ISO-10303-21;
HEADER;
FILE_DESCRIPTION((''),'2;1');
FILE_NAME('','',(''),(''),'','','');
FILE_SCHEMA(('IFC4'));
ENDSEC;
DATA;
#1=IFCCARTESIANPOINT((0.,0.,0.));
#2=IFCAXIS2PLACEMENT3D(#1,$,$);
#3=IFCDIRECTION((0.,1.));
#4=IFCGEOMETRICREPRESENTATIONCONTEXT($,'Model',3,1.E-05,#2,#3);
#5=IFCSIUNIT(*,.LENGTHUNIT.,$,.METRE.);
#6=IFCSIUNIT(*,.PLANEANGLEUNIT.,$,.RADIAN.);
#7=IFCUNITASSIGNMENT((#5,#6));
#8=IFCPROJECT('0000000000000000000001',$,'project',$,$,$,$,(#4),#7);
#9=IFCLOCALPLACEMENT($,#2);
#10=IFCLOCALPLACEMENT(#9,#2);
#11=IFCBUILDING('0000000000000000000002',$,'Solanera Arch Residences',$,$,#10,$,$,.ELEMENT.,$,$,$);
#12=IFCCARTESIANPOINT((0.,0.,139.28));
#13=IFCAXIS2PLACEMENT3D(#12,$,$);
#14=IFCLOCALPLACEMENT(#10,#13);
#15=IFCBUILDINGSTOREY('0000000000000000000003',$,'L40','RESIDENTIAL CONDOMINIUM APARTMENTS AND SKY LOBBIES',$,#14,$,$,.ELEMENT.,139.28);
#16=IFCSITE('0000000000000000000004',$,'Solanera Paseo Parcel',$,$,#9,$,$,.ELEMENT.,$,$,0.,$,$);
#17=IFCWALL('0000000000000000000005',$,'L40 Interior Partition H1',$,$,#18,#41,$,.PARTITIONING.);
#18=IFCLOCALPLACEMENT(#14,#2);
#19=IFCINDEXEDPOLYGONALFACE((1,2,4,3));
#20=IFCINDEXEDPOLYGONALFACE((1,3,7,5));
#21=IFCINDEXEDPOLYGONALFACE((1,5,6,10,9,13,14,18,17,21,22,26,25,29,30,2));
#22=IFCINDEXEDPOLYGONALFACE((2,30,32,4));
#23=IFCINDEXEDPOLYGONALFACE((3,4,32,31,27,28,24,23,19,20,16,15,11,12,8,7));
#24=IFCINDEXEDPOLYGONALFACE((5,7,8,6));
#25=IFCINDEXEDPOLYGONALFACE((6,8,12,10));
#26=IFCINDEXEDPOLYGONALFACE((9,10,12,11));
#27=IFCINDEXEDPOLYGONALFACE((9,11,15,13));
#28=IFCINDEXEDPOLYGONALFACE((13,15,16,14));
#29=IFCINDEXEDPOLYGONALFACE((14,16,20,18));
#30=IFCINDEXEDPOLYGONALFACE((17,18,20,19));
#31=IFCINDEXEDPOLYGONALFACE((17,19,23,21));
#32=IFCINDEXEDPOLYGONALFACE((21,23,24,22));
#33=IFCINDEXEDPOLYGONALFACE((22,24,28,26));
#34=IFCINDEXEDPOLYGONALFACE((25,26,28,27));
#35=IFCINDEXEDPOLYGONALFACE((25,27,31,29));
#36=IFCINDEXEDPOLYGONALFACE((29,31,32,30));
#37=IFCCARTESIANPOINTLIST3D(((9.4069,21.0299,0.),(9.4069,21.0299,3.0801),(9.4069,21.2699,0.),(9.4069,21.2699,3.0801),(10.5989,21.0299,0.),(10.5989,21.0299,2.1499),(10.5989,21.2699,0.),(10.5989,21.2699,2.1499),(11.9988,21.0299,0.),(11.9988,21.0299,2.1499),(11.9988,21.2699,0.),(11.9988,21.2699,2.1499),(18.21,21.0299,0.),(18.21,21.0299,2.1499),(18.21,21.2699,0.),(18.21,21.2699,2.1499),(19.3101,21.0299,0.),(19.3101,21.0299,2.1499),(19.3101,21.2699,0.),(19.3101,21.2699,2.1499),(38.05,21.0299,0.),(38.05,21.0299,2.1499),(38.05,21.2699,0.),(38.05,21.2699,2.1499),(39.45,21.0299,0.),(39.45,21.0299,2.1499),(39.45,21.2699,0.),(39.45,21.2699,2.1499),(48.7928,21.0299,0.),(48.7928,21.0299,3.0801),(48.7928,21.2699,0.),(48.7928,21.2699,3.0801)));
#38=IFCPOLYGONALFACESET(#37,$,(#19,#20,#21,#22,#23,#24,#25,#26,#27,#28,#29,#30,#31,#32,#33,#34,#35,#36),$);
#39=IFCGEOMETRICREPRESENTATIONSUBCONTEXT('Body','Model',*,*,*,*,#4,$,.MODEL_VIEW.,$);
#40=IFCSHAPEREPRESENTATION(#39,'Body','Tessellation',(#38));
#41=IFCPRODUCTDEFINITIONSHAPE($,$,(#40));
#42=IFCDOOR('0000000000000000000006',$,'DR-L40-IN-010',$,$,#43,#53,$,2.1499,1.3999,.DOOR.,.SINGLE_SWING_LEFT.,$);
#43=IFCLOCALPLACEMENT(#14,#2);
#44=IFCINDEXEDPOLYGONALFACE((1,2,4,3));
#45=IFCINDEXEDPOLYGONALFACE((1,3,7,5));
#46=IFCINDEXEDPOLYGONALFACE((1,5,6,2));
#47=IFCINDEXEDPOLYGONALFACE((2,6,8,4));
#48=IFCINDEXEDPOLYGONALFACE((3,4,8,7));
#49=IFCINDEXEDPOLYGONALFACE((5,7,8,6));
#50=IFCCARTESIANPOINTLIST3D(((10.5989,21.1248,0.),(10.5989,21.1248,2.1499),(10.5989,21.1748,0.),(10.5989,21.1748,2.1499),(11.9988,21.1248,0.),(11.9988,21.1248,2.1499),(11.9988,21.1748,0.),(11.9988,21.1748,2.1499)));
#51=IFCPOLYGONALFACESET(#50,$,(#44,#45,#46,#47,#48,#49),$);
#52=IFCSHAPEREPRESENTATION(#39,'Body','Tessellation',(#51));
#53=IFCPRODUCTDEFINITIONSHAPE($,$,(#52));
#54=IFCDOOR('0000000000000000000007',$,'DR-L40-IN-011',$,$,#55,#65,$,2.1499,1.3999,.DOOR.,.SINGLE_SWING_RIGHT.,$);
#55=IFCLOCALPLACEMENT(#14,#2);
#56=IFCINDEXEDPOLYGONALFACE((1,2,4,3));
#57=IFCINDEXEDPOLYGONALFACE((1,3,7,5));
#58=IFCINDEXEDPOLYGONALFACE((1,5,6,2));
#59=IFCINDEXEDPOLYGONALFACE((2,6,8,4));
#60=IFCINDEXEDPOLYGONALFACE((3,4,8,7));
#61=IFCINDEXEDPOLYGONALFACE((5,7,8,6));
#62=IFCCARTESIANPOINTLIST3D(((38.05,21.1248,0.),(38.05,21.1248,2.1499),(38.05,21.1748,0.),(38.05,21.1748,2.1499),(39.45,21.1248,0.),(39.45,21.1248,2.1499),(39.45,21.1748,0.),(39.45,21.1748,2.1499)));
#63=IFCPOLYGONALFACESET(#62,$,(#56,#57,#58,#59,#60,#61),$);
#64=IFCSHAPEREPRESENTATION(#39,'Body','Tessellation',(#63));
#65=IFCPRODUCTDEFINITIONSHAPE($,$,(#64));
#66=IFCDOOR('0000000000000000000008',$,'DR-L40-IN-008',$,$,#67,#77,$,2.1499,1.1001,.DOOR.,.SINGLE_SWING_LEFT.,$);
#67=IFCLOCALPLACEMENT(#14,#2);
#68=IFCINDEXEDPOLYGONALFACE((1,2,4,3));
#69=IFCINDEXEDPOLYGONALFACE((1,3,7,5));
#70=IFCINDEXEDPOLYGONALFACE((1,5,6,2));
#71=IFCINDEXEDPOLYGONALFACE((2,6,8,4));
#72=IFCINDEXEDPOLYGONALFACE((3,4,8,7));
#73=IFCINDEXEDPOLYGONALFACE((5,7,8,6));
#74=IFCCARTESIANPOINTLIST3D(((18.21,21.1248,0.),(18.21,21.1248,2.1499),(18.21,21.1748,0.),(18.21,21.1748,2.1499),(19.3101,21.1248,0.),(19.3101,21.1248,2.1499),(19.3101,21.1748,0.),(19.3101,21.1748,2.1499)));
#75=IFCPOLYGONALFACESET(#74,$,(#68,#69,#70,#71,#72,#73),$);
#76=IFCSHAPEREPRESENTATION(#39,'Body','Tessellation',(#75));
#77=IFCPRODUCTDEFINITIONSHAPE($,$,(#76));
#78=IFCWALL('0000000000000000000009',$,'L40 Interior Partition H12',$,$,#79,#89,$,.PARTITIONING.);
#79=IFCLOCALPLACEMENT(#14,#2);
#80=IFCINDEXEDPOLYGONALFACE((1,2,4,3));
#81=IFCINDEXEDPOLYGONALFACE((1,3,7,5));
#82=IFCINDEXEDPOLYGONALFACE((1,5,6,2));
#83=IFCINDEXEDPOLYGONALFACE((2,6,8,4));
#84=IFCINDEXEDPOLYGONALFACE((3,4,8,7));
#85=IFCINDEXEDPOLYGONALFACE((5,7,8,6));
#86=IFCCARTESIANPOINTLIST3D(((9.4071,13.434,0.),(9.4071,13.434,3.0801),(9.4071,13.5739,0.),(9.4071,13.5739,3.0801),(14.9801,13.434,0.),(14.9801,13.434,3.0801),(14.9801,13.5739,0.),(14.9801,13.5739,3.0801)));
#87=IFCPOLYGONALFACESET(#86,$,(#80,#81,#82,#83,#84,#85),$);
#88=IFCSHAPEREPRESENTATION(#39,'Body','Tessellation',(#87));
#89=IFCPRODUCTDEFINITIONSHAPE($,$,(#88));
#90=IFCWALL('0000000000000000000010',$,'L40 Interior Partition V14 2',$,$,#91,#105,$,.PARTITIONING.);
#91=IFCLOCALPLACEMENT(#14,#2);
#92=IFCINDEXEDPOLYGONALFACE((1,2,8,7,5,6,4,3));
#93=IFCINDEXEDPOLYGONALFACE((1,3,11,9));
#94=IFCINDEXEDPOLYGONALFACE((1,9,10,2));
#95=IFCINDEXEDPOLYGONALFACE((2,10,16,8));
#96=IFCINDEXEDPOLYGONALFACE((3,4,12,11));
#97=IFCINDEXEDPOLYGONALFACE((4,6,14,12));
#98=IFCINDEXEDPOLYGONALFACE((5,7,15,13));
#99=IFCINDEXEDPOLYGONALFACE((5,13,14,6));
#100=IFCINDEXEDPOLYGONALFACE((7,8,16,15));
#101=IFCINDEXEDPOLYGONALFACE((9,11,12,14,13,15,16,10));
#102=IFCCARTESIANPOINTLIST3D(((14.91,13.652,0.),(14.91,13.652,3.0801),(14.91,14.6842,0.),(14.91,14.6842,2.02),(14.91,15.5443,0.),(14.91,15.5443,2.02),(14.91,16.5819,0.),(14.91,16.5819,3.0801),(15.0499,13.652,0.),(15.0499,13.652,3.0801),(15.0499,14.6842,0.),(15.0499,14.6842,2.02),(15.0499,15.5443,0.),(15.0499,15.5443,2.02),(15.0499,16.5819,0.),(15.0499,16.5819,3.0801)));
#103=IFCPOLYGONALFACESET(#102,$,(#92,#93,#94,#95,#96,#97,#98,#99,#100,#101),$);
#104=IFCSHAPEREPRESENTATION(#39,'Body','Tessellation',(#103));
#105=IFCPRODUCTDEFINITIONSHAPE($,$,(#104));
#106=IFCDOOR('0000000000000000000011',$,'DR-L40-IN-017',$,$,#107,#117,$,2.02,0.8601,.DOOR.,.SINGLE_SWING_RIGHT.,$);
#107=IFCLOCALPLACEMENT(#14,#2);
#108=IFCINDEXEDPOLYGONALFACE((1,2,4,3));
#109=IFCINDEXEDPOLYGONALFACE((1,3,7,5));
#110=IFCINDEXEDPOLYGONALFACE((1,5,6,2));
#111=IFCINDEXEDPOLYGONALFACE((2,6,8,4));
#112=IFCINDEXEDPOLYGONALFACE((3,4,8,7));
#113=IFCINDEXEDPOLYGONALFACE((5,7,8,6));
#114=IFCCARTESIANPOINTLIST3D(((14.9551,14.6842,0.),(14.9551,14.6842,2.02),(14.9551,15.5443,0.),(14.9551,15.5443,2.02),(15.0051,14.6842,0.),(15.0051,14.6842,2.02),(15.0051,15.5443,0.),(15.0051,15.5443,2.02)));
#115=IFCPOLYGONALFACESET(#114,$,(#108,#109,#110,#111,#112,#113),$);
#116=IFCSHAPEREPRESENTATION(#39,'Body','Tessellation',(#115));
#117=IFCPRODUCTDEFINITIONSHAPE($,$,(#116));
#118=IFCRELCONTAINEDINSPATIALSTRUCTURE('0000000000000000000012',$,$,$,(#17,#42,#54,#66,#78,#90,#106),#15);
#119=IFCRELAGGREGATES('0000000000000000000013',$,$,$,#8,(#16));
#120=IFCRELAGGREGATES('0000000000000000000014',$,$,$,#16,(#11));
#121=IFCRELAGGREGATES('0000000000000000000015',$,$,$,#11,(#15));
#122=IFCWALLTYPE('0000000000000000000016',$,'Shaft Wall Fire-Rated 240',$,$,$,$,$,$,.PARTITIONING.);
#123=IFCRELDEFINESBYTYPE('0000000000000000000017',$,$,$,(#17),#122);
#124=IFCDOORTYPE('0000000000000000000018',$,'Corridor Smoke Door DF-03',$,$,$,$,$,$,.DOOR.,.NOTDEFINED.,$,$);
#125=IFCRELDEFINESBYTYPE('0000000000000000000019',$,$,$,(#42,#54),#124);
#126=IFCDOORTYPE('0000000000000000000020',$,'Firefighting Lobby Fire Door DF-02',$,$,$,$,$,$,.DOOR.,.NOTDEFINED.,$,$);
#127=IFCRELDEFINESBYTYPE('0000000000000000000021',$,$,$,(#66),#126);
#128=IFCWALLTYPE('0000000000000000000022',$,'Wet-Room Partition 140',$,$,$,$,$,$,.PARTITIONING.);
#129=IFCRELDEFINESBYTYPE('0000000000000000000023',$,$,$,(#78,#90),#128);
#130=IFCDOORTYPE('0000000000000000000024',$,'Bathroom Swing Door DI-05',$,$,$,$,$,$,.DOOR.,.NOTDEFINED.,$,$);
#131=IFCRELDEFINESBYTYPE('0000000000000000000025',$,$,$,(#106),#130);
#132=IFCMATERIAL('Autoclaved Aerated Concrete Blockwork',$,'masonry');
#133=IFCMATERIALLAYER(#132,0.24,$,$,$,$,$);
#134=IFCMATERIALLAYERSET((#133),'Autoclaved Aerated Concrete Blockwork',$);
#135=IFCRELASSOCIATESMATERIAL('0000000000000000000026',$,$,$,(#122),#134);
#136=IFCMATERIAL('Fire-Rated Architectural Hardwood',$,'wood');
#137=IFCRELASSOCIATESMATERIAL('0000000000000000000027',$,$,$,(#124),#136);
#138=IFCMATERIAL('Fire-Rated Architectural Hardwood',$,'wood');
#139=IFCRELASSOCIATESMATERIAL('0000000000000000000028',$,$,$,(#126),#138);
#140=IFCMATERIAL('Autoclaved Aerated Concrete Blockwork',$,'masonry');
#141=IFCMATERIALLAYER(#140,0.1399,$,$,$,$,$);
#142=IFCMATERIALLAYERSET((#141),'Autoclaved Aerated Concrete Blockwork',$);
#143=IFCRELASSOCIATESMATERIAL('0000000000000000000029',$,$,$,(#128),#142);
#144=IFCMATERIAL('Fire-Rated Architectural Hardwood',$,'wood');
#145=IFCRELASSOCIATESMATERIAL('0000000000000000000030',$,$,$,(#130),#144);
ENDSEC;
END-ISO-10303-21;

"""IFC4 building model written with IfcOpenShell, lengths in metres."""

from ifc_helpers import new_model, si_unit, direction, frame, frame_2d, origin, place, context, subcontext, project, spatial, rectangle, extrude, material, layer, layer_set, type_object, element, fill, save


model = new_model("IFC4")

# Units and contexts
model_context = context("Model", 3, precision=1e-05, world=origin(), true_north=direction((0.0, 1.0)))
body_context = subcontext(model_context, "Body", "Model", "MODEL_VIEW")
ifc_project = project(units=[si_unit("LENGTHUNIT", "METRE"), si_unit("PLANEANGLEUNIT", "RADIAN")], contexts=[model_context])

# Site, building, storey
site_placement = place(None, origin())
site = spatial("IfcSite", under=ifc_project, at=site_placement, Name="Solanera Paseo Parcel", CompositionType="ELEMENT", RefElevation=0.0)
building_placement = place(site_placement, origin())
building = spatial("IfcBuilding", under=site, at=building_placement, Name="Solanera Arch Residences", CompositionType="ELEMENT")
storey_placement = place(building_placement, frame((0.0, 0.0, 139.28)))
storey = spatial("IfcBuildingStorey", under=building, at=storey_placement, Name="L40", Description="RESIDENTIAL CONDOMINIUM APARTMENTS AND SKY LOBBIES", CompositionType="ELEMENT", Elevation=139.28)

# Wall, openings, doors
ifc_material_1 = material(Name="Autoclaved Aerated Concrete Blockwork", Category="masonry")
ifc_layer_1 = layer(ifc_material_1, 0.24)
ifc_layer_set_1 = layer_set([ifc_layer_1], Name="Autoclaved Aerated Concrete Blockwork")
wall_type_1 = type_object("IfcWallType", Name="Shaft Wall Fire-Rated 240", PredefinedType="PARTITIONING", material=ifc_layer_set_1)
wall_1_placement = place(storey_placement, frame((9.407, 21.1499, 0.0), z_axis=(0.0, 0.0, 1.0), x_axis=(1.0, 0.0, 0.0)))
wall_1 = element("IfcWall", 1, at=wall_1_placement, inside=storey, type_object=wall_type_1, Name="L40 Interior Partition H1", PredefinedType="PARTITIONING", context=body_context, shape_type="SweptSolid", body=[
    extrude(rectangle(XDim=39.386, YDim=0.24, at=frame_2d((19.6929, 0.0))), origin(), (0.0, 0.0, 1.0), 3.0801),
])
opening_1_placement = place(wall_1_placement, frame((8.803, 0.0, 0.0)))
opening_1 = element("IfcOpeningElement", 2, at=opening_1_placement, cuts=wall_1, PredefinedType="OPENING", context=body_context, shape_type="SweptSolid", body=[
    extrude(rectangle(XDim=1.1001, YDim=2.1499, at=frame_2d((0.55, 1.075))), frame((0.0, 0.1299, 0.0), z_axis=(0.0, -1.0, 0.0), x_axis=(1.0, 0.0, 0.0)), (0.0, 0.0, 1.0), 0.26),
])
opening_2_placement = place(wall_1_placement, frame((1.1919, 0.0, 0.0)))
opening_2 = element("IfcOpeningElement", 3, at=opening_2_placement, cuts=wall_1, PredefinedType="OPENING", context=body_context, shape_type="SweptSolid", body=[
    extrude(rectangle(XDim=1.3999, YDim=2.1499, at=frame_2d((0.7, 1.075))), frame((0.0, 0.1299, 0.0), z_axis=(0.0, -1.0, 0.0), x_axis=(1.0, 0.0, 0.0)), (0.0, 0.0, 1.0), 0.26),
])
opening_3_placement = place(wall_1_placement, frame((28.6431, 0.0, 0.0)))
opening_3 = element("IfcOpeningElement", 4, at=opening_3_placement, cuts=wall_1, PredefinedType="OPENING", context=body_context, shape_type="SweptSolid", body=[
    extrude(rectangle(XDim=1.3999, YDim=2.1499, at=frame_2d((0.7, 1.075))), frame((0.0, 0.1299, 0.0), z_axis=(0.0, -1.0, 0.0), x_axis=(1.0, 0.0, 0.0)), (0.0, 0.0, 1.0), 0.26),
])
ifc_material_2 = material(Name="Fire-Rated Architectural Hardwood", Category="wood")
door_type_1 = type_object("IfcDoorType", Name="Corridor Smoke Door DF-03", OperationType="NOTDEFINED", PredefinedType="DOOR", material=ifc_material_2)
door_1_placement = place(opening_2_placement, origin())
door_1 = element("IfcDoor", 5, at=door_1_placement, inside=storey, type_object=door_type_1, Name="DR-L40-IN-010", OperationType="SINGLE_SWING_LEFT", OverallHeight=2.1499, OverallWidth=1.3999, PredefinedType="DOOR", context=body_context, shape_type="SweptSolid", body=[
    extrude(rectangle(XDim=1.3999, YDim=2.1499, at=frame_2d((0.7, 1.075))), frame((0.0, 0.0249, 0.0), z_axis=(0.0, -1.0, 0.0), x_axis=(1.0, 0.0, 0.0)), (0.0, 0.0, 1.0), 0.05),
])
fill(opening_2, door_1)
door_2_placement = place(opening_3_placement, origin())
door_2 = element("IfcDoor", 6, at=door_2_placement, inside=storey, type_object=door_type_1, Name="DR-L40-IN-011", OperationType="SINGLE_SWING_RIGHT", OverallHeight=2.1499, OverallWidth=1.3999, PredefinedType="DOOR", context=body_context, shape_type="SweptSolid", body=[
    extrude(rectangle(XDim=1.3999, YDim=2.1499, at=frame_2d((0.7, 1.075))), frame((0.0, 0.0249, 0.0), z_axis=(0.0, -1.0, 0.0), x_axis=(1.0, 0.0, 0.0)), (0.0, 0.0, 1.0), 0.05),
])
fill(opening_3, door_2)
ifc_material_3 = material(Name="Fire-Rated Architectural Hardwood", Category="wood")
door_type_2 = type_object("IfcDoorType", Name="Firefighting Lobby Fire Door DF-02", OperationType="NOTDEFINED", PredefinedType="DOOR", material=ifc_material_3)
door_3_placement = place(opening_1_placement, origin())
door_3 = element("IfcDoor", 7, at=door_3_placement, inside=storey, type_object=door_type_2, Name="DR-L40-IN-008", OperationType="SINGLE_SWING_LEFT", OverallHeight=2.1499, OverallWidth=1.1001, PredefinedType="DOOR", context=body_context, shape_type="SweptSolid", body=[
    extrude(rectangle(XDim=1.1001, YDim=2.1499, at=frame_2d((0.55, 1.075))), frame((0.0, 0.0249, 0.0), z_axis=(0.0, -1.0, 0.0), x_axis=(1.0, 0.0, 0.0)), (0.0, 0.0, 1.0), 0.05),
])
fill(opening_1, door_3)

# Wall
ifc_material_4 = material(Name="Autoclaved Aerated Concrete Blockwork", Category="masonry")
ifc_layer_2 = layer(ifc_material_4, 0.1399)
ifc_layer_set_2 = layer_set([ifc_layer_2], Name="Autoclaved Aerated Concrete Blockwork")
wall_type_2 = type_object("IfcWallType", Name="Wet-Room Partition 140", PredefinedType="PARTITIONING", material=ifc_layer_set_2)
wall_2_placement = place(storey_placement, frame((9.407, 13.5039, 0.0), z_axis=(0.0, 0.0, 1.0), x_axis=(1.0, 0.0, 0.0)))
element("IfcWall", 8, at=wall_2_placement, inside=storey, type_object=wall_type_2, Name="L40 Interior Partition H12", PredefinedType="PARTITIONING", context=body_context, shape_type="SweptSolid", body=[
    extrude(rectangle(XDim=5.573, YDim=0.1399, at=frame_2d((2.7866, 0.0))), origin(), (0.0, 0.0, 1.0), 3.0801),
])

# Wall, opening, door
wall_3_placement = place(storey_placement, frame((14.98, 13.6521, 0.0), z_axis=(0.0, 0.0, 1.0), x_axis=(0.0, 1.0, 0.0)))
wall_3 = element("IfcWall", 9, at=wall_3_placement, inside=storey, type_object=wall_type_2, Name="L40 Interior Partition V14 2", PredefinedType="PARTITIONING", context=body_context, shape_type="SweptSolid", body=[
    extrude(rectangle(XDim=2.9299, YDim=0.1399, at=frame_2d((1.4648, 0.0))), origin(), (0.0, 0.0, 1.0), 3.0801),
])
opening_4_placement = place(wall_3_placement, frame((1.032, 0.0, 0.0)))
opening_4 = element("IfcOpeningElement", 10, at=opening_4_placement, cuts=wall_3, PredefinedType="OPENING", context=body_context, shape_type="SweptSolid", body=[
    extrude(rectangle(XDim=0.8601, YDim=2.02, at=frame_2d((0.4302, 1.01))), frame((0.0, 0.0798, 0.0), z_axis=(0.0, -1.0, 0.0), x_axis=(1.0, 0.0, 0.0)), (0.0, 0.0, 1.0), 0.1599),
])
ifc_material_5 = material(Name="Fire-Rated Architectural Hardwood", Category="wood")
door_type_3 = type_object("IfcDoorType", Name="Bathroom Swing Door DI-05", OperationType="NOTDEFINED", PredefinedType="DOOR", material=ifc_material_5)
door_4_placement = place(opening_4_placement, origin())
door_4 = element("IfcDoor", 11, at=door_4_placement, inside=storey, type_object=door_type_3, Name="DR-L40-IN-017", OperationType="SINGLE_SWING_RIGHT", OverallHeight=2.02, OverallWidth=0.8601, PredefinedType="DOOR", context=body_context, shape_type="SweptSolid", body=[
    extrude(rectangle(XDim=0.8601, YDim=2.02, at=frame_2d((0.4302, 1.01))), frame((0.0, 0.0249, 0.0), z_axis=(0.0, -1.0, 0.0), x_axis=(1.0, 0.0, 0.0)), (0.0, 0.0, 1.0), 0.05),
])
fill(opening_4, door_4)

save(model, "model.ifc")
